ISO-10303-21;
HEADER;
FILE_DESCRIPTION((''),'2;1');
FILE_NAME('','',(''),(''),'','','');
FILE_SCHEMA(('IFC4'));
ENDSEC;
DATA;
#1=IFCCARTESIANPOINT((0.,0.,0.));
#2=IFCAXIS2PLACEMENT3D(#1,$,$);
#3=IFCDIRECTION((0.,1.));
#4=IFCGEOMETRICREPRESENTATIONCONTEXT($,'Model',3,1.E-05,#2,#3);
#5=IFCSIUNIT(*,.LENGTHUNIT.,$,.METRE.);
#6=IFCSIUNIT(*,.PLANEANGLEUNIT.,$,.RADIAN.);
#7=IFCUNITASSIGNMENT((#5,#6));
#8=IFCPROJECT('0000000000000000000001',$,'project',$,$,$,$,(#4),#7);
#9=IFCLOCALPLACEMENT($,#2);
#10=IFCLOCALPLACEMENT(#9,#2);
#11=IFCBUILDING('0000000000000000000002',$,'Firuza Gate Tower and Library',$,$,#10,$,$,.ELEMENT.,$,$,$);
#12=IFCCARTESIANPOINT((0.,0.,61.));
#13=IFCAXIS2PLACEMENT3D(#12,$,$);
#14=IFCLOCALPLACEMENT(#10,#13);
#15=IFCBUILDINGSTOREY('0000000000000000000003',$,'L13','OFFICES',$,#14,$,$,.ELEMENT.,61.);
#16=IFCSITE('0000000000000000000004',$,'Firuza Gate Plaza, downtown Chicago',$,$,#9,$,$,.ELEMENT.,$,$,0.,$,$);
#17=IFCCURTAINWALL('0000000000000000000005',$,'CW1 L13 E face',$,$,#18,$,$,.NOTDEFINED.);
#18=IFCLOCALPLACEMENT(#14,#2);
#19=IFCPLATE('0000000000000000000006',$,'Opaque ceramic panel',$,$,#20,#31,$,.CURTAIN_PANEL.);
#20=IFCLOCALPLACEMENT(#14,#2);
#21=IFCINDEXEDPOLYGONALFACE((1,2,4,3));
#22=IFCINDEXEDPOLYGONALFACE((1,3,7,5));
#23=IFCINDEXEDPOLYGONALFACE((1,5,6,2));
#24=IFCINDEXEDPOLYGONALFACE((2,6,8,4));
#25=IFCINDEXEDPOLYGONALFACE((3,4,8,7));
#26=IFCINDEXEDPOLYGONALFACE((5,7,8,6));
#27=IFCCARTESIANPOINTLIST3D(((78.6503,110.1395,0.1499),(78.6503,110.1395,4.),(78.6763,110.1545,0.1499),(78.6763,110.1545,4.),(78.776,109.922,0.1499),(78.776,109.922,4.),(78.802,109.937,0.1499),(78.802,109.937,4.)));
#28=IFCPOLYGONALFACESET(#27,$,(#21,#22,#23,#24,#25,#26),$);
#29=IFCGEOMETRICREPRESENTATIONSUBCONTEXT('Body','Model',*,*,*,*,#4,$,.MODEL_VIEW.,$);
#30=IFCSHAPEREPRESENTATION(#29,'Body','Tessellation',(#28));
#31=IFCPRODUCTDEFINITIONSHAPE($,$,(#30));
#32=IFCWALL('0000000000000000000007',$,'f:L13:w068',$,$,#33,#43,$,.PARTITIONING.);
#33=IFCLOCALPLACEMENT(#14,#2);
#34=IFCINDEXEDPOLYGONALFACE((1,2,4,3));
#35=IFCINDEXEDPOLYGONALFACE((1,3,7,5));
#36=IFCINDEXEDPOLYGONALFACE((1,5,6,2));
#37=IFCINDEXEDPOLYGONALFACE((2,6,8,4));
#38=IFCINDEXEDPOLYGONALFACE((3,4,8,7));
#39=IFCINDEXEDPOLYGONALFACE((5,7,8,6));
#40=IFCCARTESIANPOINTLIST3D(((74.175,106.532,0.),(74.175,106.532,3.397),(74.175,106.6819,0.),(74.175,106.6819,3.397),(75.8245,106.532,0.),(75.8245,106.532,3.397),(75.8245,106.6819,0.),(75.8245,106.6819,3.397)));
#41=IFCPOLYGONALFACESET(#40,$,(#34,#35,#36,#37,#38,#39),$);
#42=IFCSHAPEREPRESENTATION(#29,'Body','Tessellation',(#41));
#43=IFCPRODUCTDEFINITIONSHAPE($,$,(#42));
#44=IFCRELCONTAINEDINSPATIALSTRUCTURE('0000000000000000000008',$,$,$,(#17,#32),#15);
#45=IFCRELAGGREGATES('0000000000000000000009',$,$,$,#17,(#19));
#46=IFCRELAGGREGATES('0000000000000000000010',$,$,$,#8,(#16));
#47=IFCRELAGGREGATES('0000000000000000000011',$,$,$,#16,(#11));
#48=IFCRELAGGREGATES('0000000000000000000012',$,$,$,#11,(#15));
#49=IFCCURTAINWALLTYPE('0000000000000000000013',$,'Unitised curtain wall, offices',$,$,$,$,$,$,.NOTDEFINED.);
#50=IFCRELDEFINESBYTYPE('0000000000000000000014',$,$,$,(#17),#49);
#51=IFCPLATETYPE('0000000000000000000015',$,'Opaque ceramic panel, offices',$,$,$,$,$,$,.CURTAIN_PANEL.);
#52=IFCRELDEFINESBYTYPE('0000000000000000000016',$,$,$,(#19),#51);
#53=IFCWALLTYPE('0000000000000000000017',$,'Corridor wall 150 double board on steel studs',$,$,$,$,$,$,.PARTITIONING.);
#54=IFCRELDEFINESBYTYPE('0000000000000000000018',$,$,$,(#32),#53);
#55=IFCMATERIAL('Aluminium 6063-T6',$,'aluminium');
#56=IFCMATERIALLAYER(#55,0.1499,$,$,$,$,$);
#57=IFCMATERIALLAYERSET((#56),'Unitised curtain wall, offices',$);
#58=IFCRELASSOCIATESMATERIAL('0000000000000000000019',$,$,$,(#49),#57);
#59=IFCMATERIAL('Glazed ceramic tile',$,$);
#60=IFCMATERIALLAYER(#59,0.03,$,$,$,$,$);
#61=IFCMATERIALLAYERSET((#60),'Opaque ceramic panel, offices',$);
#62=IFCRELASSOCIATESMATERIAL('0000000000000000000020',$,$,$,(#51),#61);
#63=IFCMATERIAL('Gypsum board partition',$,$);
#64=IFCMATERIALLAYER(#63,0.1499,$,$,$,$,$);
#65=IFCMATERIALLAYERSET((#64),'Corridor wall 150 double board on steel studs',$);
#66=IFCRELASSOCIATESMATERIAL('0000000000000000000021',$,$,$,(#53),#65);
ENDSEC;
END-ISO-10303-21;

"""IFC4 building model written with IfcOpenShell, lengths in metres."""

from ifc_helpers import new_model, si_unit, direction, frame, frame_2d, origin, place, context, subcontext, project, spatial, polyline, rectangle, outline, extrude, material, layer, layer_set, type_object, element, aggregate, save


model = new_model("IFC4")

# Units and contexts
model_context = context("Model", 3, precision=1e-05, world=origin(), true_north=direction((0.0, 1.0)))
body_context = subcontext(model_context, "Body", "Model", "MODEL_VIEW")
ifc_project = project(units=[si_unit("LENGTHUNIT", "METRE"), si_unit("PLANEANGLEUNIT", "RADIAN")], contexts=[model_context])

# Site, building, storey
site_placement = place(None, origin())
site = spatial("IfcSite", under=ifc_project, at=site_placement, Name="Firuza Gate Plaza, downtown Chicago", CompositionType="ELEMENT", RefElevation=0.0)
building_placement = place(site_placement, origin())
building = spatial("IfcBuilding", under=site, at=building_placement, Name="Firuza Gate Tower and Library", CompositionType="ELEMENT")
storey_placement = place(building_placement, frame((0.0, 0.0, 61.0)))
storey = spatial("IfcBuildingStorey", under=building, at=storey_placement, Name="L13", Description="OFFICES", CompositionType="ELEMENT", Elevation=61.0)

# Curtain wall
ifc_material_1 = material(Name="Aluminium 6063-T6", Category="aluminium")
ifc_layer_1 = layer(ifc_material_1, 0.1499)
ifc_layer_set_1 = layer_set([ifc_layer_1], Name="Unitised curtain wall, offices")
curtain_wall_type_1 = type_object("IfcCurtainWallType", Name="Unitised curtain wall, offices", PredefinedType="NOTDEFINED", material=ifc_layer_set_1)
placement = place(storey_placement, origin())
curtain_wall_1 = element("IfcCurtainWall", 1, at=placement, inside=storey, type_object=curtain_wall_type_1, Name="CW1 L13 E face", PredefinedType="NOTDEFINED")

# Plate
ifc_material_2 = material(Name="Glazed ceramic tile")
ifc_layer_2 = layer(ifc_material_2, 0.03)
ifc_layer_set_2 = layer_set([ifc_layer_2], Name="Opaque ceramic panel, offices")
plate_type_1 = type_object("IfcPlateType", Name="Opaque ceramic panel, offices", PredefinedType="CURTAIN_PANEL", material=ifc_layer_set_2)
plate_1_placement = place(storey_placement, frame((78.802, 109.937, 0.1499), z_axis=(0.865781, 0.500423, 0.0), x_axis=(-0.500423, 0.865781, 0.0)))
plate_1 = element("IfcPlate", 2, at=plate_1_placement, type_object=plate_type_1, Name="Opaque ceramic panel", PredefinedType="CURTAIN_PANEL", context=body_context, shape_type="SweptSolid", body=[
    extrude(outline(polyline([(0.0, 0.0), (0.2513, 0.0), (0.2513, 3.8501), (0.0, 3.8501), (0.0, 0.0)])), origin(), (0.0, 0.0, -1.0), 0.03),
])
aggregate(curtain_wall_1, [plate_1])

# Wall
ifc_material_3 = material(Name="Gypsum board partition")
ifc_layer_3 = layer(ifc_material_3, 0.1499)
ifc_layer_set_3 = layer_set([ifc_layer_3], Name="Corridor wall 150 double board on steel studs")
wall_type = type_object("IfcWallType", Name="Corridor wall 150 double board on steel studs", PredefinedType="PARTITIONING", material=ifc_layer_set_3)
wall_placement = place(storey_placement, frame((74.175, 106.6069, 0.0), z_axis=(0.0, 0.0, 1.0), x_axis=(1.0, 0.0, 0.0)))
element("IfcWall", 3, at=wall_placement, inside=storey, type_object=wall_type, Name="f:L13:w068", PredefinedType="PARTITIONING", context=body_context, shape_type="SweptSolid", body=[
    extrude(rectangle(XDim=1.6494, YDim=0.1499, at=frame_2d((0.8247, 0.0))), origin(), (0.0, 0.0, 1.0), 3.397),
])

save(model, "model.ifc")
